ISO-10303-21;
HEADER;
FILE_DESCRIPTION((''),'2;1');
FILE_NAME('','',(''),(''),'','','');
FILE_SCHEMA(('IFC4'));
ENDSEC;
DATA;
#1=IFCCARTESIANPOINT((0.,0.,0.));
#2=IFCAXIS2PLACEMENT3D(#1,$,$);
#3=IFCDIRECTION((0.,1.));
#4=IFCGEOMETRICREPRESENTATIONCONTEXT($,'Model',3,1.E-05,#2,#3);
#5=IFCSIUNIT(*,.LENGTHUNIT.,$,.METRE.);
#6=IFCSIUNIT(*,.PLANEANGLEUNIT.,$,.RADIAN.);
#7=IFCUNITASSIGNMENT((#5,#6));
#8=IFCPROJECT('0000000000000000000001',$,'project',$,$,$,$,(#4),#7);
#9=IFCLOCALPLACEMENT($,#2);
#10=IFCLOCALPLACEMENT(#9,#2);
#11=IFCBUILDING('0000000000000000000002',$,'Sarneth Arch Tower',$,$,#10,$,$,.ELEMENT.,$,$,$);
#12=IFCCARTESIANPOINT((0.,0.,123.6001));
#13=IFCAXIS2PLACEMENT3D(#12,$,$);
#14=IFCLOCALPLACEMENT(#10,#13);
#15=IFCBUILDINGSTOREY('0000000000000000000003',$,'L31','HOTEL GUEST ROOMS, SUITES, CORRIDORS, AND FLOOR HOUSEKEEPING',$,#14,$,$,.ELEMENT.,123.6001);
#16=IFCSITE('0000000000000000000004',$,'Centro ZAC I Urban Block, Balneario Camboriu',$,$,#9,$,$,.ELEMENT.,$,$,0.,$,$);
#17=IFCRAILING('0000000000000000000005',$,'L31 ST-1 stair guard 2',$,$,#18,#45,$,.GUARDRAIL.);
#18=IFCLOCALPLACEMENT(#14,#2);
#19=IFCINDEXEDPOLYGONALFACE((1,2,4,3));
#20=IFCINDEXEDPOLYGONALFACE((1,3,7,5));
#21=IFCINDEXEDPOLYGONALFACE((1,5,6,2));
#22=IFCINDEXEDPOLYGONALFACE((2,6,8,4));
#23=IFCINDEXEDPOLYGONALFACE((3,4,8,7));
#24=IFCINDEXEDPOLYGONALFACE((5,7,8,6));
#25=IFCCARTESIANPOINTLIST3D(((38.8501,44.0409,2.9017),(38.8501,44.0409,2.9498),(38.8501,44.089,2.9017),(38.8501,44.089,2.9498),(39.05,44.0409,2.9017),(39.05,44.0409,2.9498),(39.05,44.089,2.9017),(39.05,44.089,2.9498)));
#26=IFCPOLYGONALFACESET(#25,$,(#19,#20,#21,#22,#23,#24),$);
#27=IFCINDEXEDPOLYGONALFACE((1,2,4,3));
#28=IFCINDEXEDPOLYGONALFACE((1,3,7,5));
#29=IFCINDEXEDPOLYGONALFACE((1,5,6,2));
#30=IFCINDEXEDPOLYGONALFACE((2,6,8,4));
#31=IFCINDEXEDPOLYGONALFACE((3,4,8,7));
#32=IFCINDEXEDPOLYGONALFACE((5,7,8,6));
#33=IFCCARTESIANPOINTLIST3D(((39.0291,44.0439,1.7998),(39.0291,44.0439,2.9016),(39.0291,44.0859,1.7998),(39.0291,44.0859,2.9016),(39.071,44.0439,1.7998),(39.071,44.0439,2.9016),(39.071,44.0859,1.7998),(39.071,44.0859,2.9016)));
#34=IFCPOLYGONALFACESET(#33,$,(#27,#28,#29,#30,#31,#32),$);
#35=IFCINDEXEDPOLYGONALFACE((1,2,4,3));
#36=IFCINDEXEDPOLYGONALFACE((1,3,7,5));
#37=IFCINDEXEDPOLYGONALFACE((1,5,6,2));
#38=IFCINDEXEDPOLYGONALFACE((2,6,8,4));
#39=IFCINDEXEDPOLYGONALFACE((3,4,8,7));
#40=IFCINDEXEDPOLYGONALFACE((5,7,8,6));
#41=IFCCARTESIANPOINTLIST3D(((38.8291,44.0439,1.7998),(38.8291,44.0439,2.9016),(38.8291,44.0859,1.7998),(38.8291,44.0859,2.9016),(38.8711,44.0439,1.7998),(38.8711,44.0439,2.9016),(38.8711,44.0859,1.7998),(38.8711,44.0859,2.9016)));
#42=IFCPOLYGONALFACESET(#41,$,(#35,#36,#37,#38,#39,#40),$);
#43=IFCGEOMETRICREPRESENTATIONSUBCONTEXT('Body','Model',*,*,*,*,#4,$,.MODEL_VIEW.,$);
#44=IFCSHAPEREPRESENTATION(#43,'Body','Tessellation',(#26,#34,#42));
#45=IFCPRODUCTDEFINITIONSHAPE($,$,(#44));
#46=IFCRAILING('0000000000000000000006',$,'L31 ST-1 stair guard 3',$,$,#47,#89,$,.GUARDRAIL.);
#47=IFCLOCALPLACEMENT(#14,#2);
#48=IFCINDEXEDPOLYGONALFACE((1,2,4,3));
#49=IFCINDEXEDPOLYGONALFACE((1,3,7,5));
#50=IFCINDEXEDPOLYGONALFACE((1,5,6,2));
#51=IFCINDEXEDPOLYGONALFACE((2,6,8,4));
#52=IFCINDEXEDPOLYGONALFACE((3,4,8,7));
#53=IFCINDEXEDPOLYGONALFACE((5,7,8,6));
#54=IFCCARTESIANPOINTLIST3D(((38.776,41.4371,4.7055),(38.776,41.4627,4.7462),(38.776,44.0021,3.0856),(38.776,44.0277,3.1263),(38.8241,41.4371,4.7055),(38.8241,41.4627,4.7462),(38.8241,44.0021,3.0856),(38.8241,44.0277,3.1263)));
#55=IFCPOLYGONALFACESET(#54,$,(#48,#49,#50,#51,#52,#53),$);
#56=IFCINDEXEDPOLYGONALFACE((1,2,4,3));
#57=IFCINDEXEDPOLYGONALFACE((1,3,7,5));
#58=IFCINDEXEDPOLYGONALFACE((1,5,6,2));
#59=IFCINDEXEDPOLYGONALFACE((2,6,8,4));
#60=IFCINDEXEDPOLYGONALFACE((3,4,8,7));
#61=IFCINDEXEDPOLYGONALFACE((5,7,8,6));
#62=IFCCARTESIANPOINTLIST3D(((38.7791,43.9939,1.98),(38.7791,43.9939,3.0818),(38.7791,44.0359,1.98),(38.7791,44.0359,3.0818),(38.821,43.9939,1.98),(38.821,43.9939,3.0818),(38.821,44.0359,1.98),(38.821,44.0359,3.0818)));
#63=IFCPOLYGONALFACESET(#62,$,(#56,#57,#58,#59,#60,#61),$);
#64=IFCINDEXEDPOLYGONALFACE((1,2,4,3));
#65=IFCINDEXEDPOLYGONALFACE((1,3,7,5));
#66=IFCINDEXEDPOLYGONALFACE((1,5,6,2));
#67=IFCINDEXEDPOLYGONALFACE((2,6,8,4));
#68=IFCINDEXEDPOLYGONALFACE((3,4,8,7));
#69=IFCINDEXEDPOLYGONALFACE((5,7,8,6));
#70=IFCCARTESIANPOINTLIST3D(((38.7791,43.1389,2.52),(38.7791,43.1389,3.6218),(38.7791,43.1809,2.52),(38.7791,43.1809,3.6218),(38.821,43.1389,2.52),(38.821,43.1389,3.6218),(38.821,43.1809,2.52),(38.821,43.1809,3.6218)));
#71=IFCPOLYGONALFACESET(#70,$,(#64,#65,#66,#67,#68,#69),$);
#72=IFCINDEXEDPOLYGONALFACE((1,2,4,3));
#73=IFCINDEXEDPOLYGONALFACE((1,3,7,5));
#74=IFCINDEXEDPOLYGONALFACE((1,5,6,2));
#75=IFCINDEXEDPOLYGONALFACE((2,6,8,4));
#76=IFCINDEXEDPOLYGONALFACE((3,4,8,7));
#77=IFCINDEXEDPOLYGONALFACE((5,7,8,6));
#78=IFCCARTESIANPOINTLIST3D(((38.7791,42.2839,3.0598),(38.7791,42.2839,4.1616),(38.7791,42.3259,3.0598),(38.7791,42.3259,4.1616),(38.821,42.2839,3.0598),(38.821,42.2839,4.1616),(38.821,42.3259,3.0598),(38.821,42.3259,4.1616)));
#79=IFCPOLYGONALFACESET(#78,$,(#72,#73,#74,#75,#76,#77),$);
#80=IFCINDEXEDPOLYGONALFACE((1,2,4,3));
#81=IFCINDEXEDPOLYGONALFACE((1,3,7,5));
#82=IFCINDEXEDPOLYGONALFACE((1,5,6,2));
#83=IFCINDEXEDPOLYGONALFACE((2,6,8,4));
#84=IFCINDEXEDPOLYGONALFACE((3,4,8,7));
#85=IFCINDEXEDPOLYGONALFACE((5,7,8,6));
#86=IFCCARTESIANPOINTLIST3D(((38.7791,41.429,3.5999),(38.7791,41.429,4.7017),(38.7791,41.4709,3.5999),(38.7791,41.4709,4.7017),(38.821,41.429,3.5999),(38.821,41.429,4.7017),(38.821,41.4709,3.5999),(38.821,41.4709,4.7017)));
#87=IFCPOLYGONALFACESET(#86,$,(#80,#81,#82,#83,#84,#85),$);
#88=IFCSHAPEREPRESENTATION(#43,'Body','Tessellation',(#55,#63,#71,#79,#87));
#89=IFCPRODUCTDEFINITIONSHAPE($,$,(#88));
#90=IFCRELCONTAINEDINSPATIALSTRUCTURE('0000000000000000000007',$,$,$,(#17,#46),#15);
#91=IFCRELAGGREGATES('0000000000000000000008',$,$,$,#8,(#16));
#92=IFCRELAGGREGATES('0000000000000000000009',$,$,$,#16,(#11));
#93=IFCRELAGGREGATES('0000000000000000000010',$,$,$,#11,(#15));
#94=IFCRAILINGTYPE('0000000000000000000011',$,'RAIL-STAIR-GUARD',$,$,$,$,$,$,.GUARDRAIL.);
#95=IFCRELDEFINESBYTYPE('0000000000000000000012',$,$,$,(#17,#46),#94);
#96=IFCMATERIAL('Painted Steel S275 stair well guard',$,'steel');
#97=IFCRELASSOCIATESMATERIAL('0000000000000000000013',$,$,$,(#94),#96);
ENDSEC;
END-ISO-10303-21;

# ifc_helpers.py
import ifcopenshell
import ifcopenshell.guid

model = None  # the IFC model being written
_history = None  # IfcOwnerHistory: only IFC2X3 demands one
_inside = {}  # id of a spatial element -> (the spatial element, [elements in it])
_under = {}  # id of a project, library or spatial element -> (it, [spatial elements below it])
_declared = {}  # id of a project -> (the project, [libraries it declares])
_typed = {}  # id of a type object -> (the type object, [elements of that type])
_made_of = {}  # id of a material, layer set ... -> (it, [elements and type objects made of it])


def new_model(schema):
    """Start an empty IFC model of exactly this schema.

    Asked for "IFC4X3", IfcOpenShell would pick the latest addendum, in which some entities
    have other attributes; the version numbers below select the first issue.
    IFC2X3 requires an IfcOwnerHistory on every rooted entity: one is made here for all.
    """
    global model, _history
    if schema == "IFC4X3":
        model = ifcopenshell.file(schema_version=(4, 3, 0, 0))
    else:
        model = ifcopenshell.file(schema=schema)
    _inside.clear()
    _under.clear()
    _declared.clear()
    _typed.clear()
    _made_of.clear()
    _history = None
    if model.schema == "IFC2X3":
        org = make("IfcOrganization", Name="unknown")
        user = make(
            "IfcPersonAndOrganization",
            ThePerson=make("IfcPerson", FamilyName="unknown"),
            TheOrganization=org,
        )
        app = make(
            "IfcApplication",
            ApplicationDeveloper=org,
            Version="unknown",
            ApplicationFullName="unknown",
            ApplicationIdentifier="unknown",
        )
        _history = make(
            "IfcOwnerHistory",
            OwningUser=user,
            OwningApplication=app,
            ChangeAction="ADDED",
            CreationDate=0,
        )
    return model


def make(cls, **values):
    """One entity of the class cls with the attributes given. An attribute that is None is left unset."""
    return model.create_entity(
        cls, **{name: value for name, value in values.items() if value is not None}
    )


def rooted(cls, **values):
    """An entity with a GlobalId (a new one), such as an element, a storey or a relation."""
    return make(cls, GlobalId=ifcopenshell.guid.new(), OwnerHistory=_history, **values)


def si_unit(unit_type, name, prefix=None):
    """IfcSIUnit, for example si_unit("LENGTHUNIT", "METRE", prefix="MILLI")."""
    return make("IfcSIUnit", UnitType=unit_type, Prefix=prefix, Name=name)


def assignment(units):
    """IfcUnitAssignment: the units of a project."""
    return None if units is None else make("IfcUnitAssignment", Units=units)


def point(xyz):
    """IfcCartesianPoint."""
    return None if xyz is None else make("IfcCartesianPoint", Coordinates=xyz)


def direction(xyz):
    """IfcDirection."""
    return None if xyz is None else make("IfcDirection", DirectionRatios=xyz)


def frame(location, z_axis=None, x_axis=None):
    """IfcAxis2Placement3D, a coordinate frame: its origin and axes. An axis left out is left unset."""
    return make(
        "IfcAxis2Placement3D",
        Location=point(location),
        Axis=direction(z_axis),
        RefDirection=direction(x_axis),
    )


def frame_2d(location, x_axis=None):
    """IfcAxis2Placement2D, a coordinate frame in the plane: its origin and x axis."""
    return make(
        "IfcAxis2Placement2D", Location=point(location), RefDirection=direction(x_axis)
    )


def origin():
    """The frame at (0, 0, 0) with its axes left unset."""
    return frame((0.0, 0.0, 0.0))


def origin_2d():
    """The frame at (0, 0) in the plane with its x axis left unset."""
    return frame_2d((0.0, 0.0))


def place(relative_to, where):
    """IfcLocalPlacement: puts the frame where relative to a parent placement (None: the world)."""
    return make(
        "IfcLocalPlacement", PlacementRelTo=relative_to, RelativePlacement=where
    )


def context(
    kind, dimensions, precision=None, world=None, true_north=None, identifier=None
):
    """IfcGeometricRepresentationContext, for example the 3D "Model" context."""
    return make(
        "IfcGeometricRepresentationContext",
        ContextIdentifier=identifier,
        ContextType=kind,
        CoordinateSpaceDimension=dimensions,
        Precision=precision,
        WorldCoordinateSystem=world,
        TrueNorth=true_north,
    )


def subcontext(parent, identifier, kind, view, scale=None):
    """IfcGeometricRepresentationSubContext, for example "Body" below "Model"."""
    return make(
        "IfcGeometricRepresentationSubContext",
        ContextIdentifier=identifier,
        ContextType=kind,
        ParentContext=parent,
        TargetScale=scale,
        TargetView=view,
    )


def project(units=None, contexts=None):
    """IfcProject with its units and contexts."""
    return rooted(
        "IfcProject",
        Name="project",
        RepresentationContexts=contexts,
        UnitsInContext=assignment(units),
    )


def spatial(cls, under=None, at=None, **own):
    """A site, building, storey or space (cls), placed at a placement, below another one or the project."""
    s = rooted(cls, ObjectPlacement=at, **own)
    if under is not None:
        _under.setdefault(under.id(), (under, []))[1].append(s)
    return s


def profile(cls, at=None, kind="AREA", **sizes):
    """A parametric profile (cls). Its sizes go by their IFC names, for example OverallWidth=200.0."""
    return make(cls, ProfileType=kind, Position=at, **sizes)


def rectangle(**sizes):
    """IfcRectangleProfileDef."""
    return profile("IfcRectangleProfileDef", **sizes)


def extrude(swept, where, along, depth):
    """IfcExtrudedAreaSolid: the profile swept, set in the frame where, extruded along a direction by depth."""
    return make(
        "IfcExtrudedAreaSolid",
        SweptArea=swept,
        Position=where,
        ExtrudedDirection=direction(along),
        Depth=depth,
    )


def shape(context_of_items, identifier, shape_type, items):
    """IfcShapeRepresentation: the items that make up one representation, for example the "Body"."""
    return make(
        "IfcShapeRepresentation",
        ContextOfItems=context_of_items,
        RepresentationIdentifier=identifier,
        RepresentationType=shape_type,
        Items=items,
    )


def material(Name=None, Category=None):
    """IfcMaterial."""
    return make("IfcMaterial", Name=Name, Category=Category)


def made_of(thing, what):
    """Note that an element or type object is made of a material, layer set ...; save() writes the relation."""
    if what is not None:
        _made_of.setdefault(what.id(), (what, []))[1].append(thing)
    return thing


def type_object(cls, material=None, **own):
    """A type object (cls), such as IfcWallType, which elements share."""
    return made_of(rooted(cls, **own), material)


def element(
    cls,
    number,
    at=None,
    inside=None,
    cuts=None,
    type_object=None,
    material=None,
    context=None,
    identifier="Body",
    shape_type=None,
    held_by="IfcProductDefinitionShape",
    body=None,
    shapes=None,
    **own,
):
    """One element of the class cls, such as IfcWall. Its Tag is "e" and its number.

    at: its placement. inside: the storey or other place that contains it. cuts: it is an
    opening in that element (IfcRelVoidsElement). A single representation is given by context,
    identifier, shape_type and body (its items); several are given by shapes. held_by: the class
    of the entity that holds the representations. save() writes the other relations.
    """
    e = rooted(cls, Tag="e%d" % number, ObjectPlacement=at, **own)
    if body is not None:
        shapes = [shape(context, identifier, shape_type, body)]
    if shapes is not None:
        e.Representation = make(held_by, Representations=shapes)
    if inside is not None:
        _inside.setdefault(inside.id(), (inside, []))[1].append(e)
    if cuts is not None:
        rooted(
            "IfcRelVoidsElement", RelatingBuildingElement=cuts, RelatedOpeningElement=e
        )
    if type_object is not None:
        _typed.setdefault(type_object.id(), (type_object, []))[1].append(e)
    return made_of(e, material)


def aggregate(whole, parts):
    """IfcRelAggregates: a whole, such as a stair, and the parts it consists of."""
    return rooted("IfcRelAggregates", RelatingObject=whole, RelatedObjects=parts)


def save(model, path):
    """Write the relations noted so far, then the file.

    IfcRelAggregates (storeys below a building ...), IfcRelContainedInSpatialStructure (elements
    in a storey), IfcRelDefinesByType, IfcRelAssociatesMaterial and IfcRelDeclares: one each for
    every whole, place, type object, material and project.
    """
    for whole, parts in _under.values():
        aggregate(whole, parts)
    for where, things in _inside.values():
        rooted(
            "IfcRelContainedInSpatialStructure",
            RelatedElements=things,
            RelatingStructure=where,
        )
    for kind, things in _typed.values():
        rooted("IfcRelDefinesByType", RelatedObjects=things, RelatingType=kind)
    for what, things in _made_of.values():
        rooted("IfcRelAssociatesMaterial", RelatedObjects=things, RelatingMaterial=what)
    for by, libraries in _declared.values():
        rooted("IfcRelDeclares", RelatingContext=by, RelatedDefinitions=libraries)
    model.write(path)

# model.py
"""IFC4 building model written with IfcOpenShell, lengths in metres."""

from ifc_helpers import new_model, si_unit, direction, frame, origin, origin_2d, place, context, subcontext, project, spatial, rectangle, extrude, material, type_object, element, save


model = new_model("IFC4")

# Units and contexts
model_context = context("Model", 3, precision=1e-05, world=origin(), true_north=direction((0.0, 1.0)))
body_context = subcontext(model_context, "Body", "Model", "MODEL_VIEW")
ifc_project = project(units=[si_unit("LENGTHUNIT", "METRE"), si_unit("PLANEANGLEUNIT", "RADIAN")], contexts=[model_context])

# Site, building, storey
site_placement = place(None, origin())
site = spatial("IfcSite", under=ifc_project, at=site_placement, Name="Centro ZAC I Urban Block, Balneario Camboriu", CompositionType="ELEMENT", RefElevation=0.0)
building_placement = place(site_placement, origin())
building = spatial("IfcBuilding", under=site, at=building_placement, Name="Sarneth Arch Tower", CompositionType="ELEMENT")
storey_placement = place(building_placement, frame((0.0, 0.0, 123.6001)))
storey = spatial("IfcBuildingStorey", under=building, at=storey_placement, Name="L31", Description="HOTEL GUEST ROOMS, SUITES, CORRIDORS, AND FLOOR HOUSEKEEPING", CompositionType="ELEMENT", Elevation=123.6001)

# Railings
ifc_material_1 = material(Name="Painted Steel S275 stair well guard", Category="steel")
railing_type_1 = type_object("IfcRailingType", Name="RAIL-STAIR-GUARD", PredefinedType="GUARDRAIL", material=ifc_material_1)
railing_1_placement = place(storey_placement, frame((39.05, 44.0649, 1.7998)))
element("IfcRailing", 1, at=railing_1_placement, inside=storey, type_object=railing_type_1, Name="L31 ST-1 stair guard 2", PredefinedType="GUARDRAIL", context=body_context, shape_type="SweptSolid", body=[
    extrude(rectangle(XDim=0.0481, YDim=0.0481, at=origin_2d()), frame((0.0, 0.0, 1.126), z_axis=(-1.0, 0.0, 0.0), x_axis=(0.0, -1.0, 0.0)), (0.0, 0.0, 1.0), 0.2),
    extrude(rectangle(XDim=0.042, YDim=0.042, at=origin_2d()), origin(), (0.0, 0.0, 1.0), 1.1018),
    extrude(rectangle(XDim=0.042, YDim=0.042, at=origin_2d()), frame((-0.2, 0.0, 0.0)), (0.0, 0.0, 1.0), 1.1018),
])
railing_2_placement = place(storey_placement, frame((38.8, 44.0149, 1.98)))
element("IfcRailing", 2, at=railing_2_placement, inside=storey, type_object=railing_type_1, Name="L31 ST-1 stair guard 3", PredefinedType="GUARDRAIL", context=body_context, shape_type="SweptSolid", body=[
    extrude(rectangle(XDim=0.0481, YDim=0.0481, at=origin_2d()), frame((0.0, 0.0, 1.126), z_axis=(0.0, -0.845502, 0.533972), x_axis=(1.0, 0.0, 0.0)), (0.0, 0.0, 1.0), 3.0337),
    extrude(rectangle(XDim=0.042, YDim=0.042, at=origin_2d()), origin(), (0.0, 0.0, 1.0), 1.1018),
    extrude(rectangle(XDim=0.042, YDim=0.042, at=origin_2d()), frame((0.0, -0.855, 0.54)), (0.0, 0.0, 1.0), 1.1018),
    extrude(rectangle(XDim=0.042, YDim=0.042, at=origin_2d()), frame((0.0, -1.71, 1.0798)), (0.0, 0.0, 1.0), 1.1018),
    extrude(rectangle(XDim=0.042, YDim=0.042, at=origin_2d()), frame((0.0, -2.5649, 1.6199)), (0.0, 0.0, 1.0), 1.1018),
])

save(model, "model.ifc")
